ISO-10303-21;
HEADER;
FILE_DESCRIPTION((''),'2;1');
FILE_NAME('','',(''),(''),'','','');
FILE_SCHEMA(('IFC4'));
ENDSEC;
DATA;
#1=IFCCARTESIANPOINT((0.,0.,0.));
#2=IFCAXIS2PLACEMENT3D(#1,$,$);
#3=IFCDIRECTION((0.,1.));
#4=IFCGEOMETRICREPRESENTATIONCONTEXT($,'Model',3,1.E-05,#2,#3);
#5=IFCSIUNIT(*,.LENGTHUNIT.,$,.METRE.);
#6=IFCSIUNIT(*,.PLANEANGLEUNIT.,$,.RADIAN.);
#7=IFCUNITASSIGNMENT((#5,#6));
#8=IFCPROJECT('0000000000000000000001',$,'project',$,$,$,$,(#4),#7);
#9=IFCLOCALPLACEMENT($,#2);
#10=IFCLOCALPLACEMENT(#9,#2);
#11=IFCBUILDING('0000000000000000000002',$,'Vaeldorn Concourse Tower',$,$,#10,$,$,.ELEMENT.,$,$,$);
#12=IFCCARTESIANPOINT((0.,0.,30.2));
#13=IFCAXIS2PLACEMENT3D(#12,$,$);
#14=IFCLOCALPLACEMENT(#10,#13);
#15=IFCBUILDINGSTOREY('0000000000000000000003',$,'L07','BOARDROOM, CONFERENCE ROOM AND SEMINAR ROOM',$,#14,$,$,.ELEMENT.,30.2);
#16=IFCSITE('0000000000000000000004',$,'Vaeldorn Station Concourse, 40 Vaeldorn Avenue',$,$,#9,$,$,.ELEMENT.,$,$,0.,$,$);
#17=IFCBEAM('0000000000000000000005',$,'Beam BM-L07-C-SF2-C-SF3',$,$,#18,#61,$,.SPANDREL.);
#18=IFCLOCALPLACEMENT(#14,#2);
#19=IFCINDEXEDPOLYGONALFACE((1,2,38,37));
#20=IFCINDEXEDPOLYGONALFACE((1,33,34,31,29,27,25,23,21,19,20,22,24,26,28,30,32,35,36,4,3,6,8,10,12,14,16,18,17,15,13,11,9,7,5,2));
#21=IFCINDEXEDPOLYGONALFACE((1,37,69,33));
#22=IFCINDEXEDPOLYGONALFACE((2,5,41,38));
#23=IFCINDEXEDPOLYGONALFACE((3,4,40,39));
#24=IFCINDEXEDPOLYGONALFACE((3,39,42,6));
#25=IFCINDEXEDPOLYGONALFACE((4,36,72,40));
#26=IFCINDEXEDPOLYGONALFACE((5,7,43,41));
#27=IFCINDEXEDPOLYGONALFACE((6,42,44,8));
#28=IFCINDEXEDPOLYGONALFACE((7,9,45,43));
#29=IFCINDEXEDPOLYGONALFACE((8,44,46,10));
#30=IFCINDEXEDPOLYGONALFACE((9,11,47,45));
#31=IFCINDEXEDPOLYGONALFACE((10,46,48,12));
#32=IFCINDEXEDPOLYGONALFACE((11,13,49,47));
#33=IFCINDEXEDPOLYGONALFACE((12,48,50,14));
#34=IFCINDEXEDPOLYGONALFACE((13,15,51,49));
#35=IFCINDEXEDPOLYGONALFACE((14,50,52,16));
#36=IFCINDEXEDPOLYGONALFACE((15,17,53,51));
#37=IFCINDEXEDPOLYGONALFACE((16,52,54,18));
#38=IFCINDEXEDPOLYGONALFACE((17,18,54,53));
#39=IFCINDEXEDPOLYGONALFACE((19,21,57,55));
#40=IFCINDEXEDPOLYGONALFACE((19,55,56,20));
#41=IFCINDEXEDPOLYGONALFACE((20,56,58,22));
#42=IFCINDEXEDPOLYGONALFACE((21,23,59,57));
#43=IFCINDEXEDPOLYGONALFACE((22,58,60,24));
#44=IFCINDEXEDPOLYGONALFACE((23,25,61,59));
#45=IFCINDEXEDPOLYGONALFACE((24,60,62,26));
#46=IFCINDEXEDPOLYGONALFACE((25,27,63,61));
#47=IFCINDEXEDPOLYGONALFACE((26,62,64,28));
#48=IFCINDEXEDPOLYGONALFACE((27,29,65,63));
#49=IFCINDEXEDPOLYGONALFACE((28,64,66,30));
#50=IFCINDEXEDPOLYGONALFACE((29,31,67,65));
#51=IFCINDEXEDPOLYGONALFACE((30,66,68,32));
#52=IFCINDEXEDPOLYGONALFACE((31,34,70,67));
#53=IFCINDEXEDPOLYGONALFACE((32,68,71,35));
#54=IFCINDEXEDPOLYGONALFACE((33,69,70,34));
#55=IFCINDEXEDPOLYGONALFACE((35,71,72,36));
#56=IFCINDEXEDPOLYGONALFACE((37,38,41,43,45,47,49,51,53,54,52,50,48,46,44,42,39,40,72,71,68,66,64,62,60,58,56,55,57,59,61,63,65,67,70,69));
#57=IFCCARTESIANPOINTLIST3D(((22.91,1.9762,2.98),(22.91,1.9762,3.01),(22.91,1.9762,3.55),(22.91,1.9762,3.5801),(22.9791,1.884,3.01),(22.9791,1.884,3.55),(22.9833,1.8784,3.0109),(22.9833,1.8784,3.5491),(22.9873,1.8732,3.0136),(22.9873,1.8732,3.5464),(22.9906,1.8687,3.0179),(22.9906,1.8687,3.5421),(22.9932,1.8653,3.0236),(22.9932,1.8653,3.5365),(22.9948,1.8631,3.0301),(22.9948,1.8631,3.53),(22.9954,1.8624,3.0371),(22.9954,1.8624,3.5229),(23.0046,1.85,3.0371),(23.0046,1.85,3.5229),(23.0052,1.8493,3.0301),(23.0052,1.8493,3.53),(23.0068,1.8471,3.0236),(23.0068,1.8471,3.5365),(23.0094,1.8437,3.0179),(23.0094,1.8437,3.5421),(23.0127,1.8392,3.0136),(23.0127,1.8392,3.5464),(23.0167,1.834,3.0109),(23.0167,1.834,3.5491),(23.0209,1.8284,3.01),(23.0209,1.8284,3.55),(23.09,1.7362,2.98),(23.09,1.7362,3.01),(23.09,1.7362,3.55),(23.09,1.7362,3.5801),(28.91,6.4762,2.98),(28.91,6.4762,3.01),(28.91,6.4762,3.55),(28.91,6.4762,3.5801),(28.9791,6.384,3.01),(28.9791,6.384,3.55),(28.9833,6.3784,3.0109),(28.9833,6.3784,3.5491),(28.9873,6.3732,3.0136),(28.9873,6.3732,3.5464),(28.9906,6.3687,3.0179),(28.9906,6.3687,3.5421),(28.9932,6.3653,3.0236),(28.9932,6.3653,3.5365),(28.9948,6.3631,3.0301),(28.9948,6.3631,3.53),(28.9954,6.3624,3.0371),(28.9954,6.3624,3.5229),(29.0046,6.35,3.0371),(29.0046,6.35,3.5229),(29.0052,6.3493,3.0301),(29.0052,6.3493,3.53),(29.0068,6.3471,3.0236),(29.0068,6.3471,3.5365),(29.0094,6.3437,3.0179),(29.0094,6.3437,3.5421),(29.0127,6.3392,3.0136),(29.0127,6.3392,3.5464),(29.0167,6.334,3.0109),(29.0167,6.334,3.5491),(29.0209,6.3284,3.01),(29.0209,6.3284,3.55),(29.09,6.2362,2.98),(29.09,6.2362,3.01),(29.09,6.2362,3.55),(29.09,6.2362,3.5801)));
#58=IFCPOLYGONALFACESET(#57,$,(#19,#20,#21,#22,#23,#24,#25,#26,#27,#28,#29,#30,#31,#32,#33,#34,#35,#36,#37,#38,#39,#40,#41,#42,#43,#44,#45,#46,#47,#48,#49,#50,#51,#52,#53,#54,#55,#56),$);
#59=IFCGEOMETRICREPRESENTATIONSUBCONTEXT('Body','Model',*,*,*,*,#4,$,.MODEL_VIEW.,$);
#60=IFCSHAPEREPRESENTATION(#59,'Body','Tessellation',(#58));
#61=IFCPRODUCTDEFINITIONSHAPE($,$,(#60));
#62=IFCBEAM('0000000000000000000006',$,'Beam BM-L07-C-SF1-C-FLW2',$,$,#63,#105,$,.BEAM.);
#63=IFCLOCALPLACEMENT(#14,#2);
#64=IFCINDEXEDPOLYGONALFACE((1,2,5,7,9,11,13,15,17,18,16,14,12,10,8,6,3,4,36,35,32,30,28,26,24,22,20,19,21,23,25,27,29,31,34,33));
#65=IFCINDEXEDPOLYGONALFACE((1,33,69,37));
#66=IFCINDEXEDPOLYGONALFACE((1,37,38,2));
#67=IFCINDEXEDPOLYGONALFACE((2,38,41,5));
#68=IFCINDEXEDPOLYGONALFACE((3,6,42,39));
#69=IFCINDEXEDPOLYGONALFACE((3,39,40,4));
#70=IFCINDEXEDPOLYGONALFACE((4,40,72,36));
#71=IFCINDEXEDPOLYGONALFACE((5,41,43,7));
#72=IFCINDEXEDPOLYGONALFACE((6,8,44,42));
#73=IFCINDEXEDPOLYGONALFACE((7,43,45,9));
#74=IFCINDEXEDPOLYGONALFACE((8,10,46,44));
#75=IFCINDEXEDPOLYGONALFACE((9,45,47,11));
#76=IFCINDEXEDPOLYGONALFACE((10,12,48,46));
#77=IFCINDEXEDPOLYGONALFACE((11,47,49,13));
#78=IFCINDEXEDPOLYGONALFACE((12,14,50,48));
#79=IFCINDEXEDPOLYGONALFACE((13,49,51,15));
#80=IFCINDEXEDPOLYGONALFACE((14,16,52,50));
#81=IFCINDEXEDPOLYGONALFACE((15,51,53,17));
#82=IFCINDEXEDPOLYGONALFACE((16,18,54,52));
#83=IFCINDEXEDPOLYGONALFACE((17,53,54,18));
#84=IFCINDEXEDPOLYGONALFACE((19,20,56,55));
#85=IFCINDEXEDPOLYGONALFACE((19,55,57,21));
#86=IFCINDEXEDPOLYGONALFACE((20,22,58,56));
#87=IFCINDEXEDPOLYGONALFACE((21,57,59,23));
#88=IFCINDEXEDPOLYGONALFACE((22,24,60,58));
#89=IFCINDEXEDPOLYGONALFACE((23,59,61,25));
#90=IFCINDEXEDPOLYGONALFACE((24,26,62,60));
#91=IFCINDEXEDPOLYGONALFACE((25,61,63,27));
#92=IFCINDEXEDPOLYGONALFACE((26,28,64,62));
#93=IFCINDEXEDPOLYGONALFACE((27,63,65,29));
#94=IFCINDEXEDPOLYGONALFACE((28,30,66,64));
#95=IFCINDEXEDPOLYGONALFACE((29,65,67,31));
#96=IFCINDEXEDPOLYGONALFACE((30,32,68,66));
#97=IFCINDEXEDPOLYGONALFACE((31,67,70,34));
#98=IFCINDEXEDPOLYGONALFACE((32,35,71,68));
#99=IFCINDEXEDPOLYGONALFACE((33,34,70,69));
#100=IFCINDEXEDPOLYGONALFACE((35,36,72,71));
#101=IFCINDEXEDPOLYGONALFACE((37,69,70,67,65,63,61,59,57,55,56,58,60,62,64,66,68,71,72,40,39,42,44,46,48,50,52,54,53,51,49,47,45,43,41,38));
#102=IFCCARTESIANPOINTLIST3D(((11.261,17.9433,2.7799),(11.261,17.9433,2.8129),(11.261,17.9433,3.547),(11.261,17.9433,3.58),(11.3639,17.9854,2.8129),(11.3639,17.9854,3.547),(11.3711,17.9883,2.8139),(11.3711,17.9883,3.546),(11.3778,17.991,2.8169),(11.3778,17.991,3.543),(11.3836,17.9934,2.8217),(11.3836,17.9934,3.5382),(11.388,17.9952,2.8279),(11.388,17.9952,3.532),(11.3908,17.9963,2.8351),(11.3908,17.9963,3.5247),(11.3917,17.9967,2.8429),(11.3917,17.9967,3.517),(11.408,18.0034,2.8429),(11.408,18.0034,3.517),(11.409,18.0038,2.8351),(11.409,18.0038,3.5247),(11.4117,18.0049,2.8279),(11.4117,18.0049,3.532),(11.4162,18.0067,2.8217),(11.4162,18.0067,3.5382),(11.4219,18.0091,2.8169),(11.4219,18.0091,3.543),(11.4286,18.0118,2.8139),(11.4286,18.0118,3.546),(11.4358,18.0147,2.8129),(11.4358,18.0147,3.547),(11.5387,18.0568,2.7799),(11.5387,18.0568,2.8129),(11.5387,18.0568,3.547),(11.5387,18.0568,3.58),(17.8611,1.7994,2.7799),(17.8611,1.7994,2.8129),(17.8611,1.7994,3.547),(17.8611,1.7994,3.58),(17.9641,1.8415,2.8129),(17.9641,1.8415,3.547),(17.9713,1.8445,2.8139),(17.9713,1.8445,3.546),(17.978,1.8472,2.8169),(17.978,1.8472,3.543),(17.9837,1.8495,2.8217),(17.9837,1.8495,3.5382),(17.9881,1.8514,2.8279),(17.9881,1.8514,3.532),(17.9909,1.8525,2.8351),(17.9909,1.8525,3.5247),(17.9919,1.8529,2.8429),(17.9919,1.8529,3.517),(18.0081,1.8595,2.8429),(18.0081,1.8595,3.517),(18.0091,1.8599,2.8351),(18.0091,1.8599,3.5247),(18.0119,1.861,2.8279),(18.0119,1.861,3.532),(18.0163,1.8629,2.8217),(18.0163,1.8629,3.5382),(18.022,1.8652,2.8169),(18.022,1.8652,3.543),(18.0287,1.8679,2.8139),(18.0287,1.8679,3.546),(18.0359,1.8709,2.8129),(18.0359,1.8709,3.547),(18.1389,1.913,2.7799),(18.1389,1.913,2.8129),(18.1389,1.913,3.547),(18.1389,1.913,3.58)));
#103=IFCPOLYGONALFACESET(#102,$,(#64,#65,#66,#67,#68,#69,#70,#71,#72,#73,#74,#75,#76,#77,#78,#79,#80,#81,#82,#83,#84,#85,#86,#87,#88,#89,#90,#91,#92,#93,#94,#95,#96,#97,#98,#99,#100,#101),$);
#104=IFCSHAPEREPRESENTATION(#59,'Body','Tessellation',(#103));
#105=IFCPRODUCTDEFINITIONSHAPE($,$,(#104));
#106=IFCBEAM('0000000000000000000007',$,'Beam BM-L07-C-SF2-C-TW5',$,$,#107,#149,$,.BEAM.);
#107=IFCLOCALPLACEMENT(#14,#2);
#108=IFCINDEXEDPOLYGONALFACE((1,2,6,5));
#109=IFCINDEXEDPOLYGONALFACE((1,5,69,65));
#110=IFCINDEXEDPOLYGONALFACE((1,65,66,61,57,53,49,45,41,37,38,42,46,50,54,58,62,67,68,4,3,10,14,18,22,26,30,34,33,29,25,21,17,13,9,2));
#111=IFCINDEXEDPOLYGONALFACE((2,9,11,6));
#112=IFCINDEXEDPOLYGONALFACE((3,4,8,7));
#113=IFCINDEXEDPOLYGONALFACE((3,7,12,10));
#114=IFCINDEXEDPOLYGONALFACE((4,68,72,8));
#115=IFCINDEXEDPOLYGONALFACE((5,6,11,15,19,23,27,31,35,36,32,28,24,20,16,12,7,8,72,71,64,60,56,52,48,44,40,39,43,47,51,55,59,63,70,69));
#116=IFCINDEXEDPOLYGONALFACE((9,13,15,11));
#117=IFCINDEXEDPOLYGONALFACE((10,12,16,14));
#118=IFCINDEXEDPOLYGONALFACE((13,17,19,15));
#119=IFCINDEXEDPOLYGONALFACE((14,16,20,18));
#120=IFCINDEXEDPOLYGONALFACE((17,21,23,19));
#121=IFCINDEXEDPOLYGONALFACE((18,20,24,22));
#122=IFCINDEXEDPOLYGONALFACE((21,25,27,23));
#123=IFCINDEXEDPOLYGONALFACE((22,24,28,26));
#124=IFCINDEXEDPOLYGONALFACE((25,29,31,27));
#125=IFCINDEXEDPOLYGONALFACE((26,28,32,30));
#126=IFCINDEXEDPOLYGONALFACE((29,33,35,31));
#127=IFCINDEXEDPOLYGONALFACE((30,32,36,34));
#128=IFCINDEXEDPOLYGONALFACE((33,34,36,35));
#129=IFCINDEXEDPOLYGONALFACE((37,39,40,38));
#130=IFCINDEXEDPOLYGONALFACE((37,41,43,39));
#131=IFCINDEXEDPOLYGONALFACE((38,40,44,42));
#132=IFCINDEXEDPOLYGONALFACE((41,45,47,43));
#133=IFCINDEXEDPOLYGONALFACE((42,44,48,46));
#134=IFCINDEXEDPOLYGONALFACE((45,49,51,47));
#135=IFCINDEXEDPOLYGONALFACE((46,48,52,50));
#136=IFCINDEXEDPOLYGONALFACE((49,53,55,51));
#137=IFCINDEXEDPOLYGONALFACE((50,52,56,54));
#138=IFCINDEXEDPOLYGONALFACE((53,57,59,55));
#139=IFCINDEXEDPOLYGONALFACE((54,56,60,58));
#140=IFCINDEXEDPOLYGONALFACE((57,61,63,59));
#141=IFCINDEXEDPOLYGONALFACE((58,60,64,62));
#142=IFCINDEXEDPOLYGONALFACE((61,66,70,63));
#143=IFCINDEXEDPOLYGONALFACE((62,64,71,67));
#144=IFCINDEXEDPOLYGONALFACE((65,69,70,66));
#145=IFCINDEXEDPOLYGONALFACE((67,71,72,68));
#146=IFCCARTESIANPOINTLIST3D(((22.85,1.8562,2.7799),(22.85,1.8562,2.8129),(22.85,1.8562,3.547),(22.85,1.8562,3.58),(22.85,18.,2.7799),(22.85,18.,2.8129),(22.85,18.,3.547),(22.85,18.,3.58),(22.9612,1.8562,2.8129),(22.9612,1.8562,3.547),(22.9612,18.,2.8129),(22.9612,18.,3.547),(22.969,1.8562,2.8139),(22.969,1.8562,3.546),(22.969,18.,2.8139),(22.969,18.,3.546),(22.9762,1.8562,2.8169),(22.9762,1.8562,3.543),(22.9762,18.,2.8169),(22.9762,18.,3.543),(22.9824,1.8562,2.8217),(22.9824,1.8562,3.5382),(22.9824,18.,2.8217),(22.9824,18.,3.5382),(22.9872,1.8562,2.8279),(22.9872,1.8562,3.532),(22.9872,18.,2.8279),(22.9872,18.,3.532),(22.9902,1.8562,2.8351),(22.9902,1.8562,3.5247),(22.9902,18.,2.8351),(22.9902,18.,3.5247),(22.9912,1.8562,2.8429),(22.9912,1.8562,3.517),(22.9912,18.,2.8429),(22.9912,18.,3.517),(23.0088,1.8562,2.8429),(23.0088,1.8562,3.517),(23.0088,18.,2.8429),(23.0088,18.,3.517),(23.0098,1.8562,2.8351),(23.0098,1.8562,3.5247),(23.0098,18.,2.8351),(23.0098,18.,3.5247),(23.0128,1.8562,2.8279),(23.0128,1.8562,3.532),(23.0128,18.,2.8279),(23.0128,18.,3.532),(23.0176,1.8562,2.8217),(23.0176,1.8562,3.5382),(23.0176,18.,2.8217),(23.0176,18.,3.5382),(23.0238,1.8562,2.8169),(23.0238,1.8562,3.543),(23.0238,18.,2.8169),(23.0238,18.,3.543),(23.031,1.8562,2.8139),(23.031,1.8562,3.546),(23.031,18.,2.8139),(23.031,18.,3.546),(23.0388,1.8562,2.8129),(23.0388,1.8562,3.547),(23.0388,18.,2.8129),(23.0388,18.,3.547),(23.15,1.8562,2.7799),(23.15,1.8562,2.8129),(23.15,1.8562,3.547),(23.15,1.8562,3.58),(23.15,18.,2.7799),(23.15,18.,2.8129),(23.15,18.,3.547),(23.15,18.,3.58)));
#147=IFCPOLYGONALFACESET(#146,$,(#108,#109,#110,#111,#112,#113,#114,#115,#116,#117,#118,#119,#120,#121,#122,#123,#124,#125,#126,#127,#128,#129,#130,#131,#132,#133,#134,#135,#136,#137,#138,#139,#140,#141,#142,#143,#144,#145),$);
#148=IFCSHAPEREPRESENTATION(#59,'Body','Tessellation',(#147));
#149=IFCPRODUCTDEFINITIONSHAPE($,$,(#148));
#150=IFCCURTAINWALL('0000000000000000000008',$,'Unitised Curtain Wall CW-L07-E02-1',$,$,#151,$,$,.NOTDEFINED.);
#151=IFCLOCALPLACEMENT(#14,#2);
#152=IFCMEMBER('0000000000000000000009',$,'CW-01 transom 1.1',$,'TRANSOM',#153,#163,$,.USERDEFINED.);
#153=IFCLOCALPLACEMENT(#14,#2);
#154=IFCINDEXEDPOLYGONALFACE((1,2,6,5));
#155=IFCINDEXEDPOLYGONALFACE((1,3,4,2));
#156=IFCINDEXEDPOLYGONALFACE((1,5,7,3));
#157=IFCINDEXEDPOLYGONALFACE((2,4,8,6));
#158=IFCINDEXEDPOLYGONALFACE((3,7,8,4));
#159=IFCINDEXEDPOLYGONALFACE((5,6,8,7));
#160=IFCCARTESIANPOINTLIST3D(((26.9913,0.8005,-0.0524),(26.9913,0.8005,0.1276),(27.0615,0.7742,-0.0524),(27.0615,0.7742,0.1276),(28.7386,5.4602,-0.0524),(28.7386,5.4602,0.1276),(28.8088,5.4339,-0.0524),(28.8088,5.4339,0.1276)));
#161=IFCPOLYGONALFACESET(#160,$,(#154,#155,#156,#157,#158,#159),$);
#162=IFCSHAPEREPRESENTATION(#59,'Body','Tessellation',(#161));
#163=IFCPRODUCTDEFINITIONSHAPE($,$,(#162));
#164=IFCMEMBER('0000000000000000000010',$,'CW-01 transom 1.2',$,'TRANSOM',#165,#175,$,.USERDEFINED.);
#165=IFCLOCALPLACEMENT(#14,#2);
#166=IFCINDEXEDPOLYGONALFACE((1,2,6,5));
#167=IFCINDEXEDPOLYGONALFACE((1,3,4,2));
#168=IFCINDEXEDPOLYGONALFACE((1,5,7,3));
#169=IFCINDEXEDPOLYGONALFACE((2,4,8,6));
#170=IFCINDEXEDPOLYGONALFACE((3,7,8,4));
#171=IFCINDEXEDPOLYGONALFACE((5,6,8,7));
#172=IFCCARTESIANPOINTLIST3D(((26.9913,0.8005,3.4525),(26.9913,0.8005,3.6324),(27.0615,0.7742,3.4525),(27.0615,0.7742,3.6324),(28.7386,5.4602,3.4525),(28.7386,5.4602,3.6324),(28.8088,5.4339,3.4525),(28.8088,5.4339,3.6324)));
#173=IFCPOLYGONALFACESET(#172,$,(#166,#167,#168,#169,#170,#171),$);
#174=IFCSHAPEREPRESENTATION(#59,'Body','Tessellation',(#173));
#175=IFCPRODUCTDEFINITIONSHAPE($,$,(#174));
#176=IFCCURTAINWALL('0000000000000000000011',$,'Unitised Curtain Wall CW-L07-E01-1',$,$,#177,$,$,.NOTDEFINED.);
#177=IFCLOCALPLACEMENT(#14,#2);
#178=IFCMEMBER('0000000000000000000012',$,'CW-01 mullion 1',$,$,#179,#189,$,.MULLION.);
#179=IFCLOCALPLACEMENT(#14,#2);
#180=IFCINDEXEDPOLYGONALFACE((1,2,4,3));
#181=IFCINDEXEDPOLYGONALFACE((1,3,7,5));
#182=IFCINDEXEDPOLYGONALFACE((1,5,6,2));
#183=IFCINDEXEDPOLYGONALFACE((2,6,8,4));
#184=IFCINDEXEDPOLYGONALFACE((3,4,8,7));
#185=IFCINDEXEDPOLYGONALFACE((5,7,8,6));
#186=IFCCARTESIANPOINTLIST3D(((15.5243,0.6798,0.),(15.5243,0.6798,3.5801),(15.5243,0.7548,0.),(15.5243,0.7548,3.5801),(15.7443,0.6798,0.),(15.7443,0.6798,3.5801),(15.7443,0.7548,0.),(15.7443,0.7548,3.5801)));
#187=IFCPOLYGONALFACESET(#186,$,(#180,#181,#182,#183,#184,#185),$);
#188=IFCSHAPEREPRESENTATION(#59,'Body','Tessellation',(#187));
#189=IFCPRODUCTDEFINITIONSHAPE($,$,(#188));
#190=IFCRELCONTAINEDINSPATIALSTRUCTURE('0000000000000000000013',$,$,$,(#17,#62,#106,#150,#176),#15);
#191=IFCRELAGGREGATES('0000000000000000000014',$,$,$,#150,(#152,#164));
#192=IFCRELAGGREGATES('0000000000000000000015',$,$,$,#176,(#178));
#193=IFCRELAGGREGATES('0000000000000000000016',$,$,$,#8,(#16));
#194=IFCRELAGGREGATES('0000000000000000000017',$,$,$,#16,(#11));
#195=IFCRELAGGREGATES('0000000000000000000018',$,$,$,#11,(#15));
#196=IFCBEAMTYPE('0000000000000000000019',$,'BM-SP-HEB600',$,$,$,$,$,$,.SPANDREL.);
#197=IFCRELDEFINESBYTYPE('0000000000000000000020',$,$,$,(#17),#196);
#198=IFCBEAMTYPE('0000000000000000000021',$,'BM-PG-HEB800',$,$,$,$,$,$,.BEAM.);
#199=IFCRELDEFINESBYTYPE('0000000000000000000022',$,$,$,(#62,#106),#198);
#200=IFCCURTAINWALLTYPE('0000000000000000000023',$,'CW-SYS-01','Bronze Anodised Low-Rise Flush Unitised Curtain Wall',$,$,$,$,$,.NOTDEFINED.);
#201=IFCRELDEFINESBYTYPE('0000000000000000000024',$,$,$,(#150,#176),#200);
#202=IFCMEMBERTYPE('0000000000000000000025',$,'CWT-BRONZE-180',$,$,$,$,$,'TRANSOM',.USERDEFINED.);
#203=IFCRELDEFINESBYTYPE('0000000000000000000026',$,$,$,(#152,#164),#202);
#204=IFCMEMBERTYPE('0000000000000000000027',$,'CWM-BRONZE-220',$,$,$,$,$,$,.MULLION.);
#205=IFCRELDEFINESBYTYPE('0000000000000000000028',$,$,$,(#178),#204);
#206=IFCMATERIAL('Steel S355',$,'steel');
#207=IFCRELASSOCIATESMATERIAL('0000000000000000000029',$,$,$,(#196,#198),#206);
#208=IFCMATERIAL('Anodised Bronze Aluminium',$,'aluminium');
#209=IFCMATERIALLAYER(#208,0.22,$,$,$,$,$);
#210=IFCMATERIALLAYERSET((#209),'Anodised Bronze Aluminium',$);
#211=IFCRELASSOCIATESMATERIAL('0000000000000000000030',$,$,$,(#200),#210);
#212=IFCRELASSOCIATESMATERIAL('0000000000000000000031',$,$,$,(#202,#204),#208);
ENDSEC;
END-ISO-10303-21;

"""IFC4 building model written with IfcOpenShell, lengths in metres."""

from ifc_helpers import new_model, si_unit, direction, frame, origin, origin_2d, place, context, subcontext, project, spatial, rectangle, i_section, extrude, source, transform, mapped, material, layer, layer_set, material_profile, profile_set, type_object, element, aggregate, save


model = new_model("IFC4")

# Units and contexts
model_context = context("Model", 3, precision=1e-05, world=origin(), true_north=direction((0.0, 1.0)))
body_context = subcontext(model_context, "Body", "Model", "MODEL_VIEW")
ifc_project = project(units=[si_unit("LENGTHUNIT", "METRE"), si_unit("PLANEANGLEUNIT", "RADIAN")], contexts=[model_context])

# Site, building, storey
site_placement = place(None, origin())
site = spatial("IfcSite", under=ifc_project, at=site_placement, Name="Vaeldorn Station Concourse, 40 Vaeldorn Avenue", CompositionType="ELEMENT", RefElevation=0.0)
building_placement = place(site_placement, origin())
building = spatial("IfcBuilding", under=site, at=building_placement, Name="Vaeldorn Concourse Tower", CompositionType="ELEMENT")
storey_placement = place(building_placement, frame((0.0, 0.0, 30.2)))
storey = spatial("IfcBuildingStorey", under=building, at=storey_placement, Name="L07", Description="BOARDROOM, CONFERENCE ROOM AND SEMINAR ROOM", CompositionType="ELEMENT", Elevation=30.2)

# Beams
ifc_material_1 = material(Name="Steel S355", Category="steel")
ifc_material_profile_1 = material_profile(ifc_material_1, i_section(OverallWidth=0.3, OverallDepth=0.6001, WebThickness=0.0154, FlangeThickness=0.03, FilletRadius=0.0271, at=origin_2d()), Name="HEB 600")
ifc_profile_set_1 = profile_set([ifc_material_profile_1], Name="Steel S355")
beam_type_1 = type_object("IfcBeamType", Name="BM-SP-HEB600", PredefinedType="SPANDREL", material=ifc_profile_set_1)
shared_shape_1 = source(origin(), body_context, "Body", "SweptSolid", [
    extrude(i_section(OverallWidth=0.3, OverallDepth=0.6001, WebThickness=0.0154, FlangeThickness=0.03, FilletRadius=0.0271, at=origin_2d()), origin(), (0.0, 0.0, 1.0), 7.5),
])
beam_1_placement = place(storey_placement, frame((23.0, 1.8562, 3.28), z_axis=(0.8, 0.6, 0.0), x_axis=(-0.6, 0.8, 0.0)))
element("IfcBeam", 1, at=beam_1_placement, inside=storey, type_object=beam_type_1, Name="Beam BM-L07-C-SF2-C-SF3", PredefinedType="SPANDREL", context=body_context, shape_type="MappedRepresentation", body=[
    mapped(shared_shape_1, transform((0.0, 0.0, 0.0), scale=1.0)),
])
ifc_material_profile_2 = material_profile(ifc_material_1, i_section(OverallWidth=0.3, OverallDepth=0.8, WebThickness=0.0176, FlangeThickness=0.033, FilletRadius=0.03, at=origin_2d()), Name="HEB 800")
ifc_profile_set_2 = profile_set([ifc_material_profile_2], Name="Steel S355")
beam_type_2 = type_object("IfcBeamType", Name="BM-PG-HEB800", PredefinedType="BEAM", material=ifc_profile_set_2)
shared_shape_2 = source(origin(), body_context, "Body", "SweptSolid", [
    extrude(i_section(OverallWidth=0.3, OverallDepth=0.8, WebThickness=0.0176, FlangeThickness=0.033, FilletRadius=0.03, at=origin_2d()), origin(), (0.0, 0.0, 1.0), 17.4409),
])
beam_2_placement = place(storey_placement, frame((18.0, 1.8562, 3.1799), z_axis=(-0.378427, 0.925631, 0.0), x_axis=(-0.925631, -0.378427, 0.0)))
element("IfcBeam", 2, at=beam_2_placement, inside=storey, type_object=beam_type_2, Name="Beam BM-L07-C-SF1-C-FLW2", PredefinedType="BEAM", context=body_context, shape_type="MappedRepresentation", body=[
    mapped(shared_shape_2, transform((0.0, 0.0, 0.0), scale=1.0)),
])
shared_shape_3 = source(origin(), body_context, "Body", "SweptSolid", [
    extrude(i_section(OverallWidth=0.3, OverallDepth=0.8, WebThickness=0.0176, FlangeThickness=0.033, FilletRadius=0.03, at=origin_2d()), origin(), (0.0, 0.0, 1.0), 16.1438),
])
beam_3_placement = place(storey_placement, frame((23.0, 1.8562, 3.1799), z_axis=(0.0, 1.0, 0.0), x_axis=(-1.0, 0.0, 0.0)))
element("IfcBeam", 3, at=beam_3_placement, inside=storey, type_object=beam_type_2, Name="Beam BM-L07-C-SF2-C-TW5", PredefinedType="BEAM", context=body_context, shape_type="MappedRepresentation", body=[
    mapped(shared_shape_3, transform((0.0, 0.0, 0.0), scale=1.0)),
])

# Curtain walls, members
ifc_material_2 = material(Name="Anodised Bronze Aluminium", Category="aluminium")
ifc_layer_1 = layer(ifc_material_2, 0.22)
ifc_layer_set_1 = layer_set([ifc_layer_1], Name="Anodised Bronze Aluminium")
curtain_wall_type = type_object("IfcCurtainWallType", Name="CW-SYS-01", Description="Bronze Anodised Low-Rise Flush Unitised Curtain Wall", PredefinedType="NOTDEFINED", material=ifc_layer_set_1)
curtain_wall_1_placement = place(storey_placement, origin())
curtain_wall_1 = element("IfcCurtainWall", 4, at=curtain_wall_1_placement, inside=storey, type_object=curtain_wall_type, Name="Unitised Curtain Wall CW-L07-E02-1", PredefinedType="NOTDEFINED")
ifc_material_profile_3 = material_profile(ifc_material_2, rectangle(XDim=0.075, YDim=0.1799, at=origin_2d()), Name="CWT 75x180")
ifc_profile_set_3 = profile_set([ifc_material_profile_3], Name="Anodised Bronze Aluminium")
member_type_1 = type_object("IfcMemberType", Name="CWT-BRONZE-180", ElementType="TRANSOM", PredefinedType="USERDEFINED", material=ifc_profile_set_3)
shared_shape_4 = source(origin(), body_context, "Body", "SweptSolid", [
    extrude(rectangle(XDim=0.075, YDim=0.1799, at=origin_2d()), origin(), (0.0, 0.0, 1.0), 4.9766),
])
member_1_placement = place(storey_placement, frame((27.0264, 0.7874, 0.0376), z_axis=(0.351113, 0.936333, 0.0), x_axis=(-0.936333, 0.351113, 0.0)))
member_1 = element("IfcMember", 5, at=member_1_placement, type_object=member_type_1, Name="CW-01 transom 1.1", ObjectType="TRANSOM", PredefinedType="USERDEFINED", context=body_context, shape_type="MappedRepresentation", body=[
    mapped(shared_shape_4, transform((0.0, 0.0, 0.0), scale=1.0)),
])
member_2_placement = place(storey_placement, frame((27.0264, 0.7874, 3.5425), z_axis=(0.351113, 0.936333, 0.0), x_axis=(-0.936333, 0.351113, 0.0)))
member_2 = element("IfcMember", 6, at=member_2_placement, type_object=member_type_1, Name="CW-01 transom 1.2", ObjectType="TRANSOM", PredefinedType="USERDEFINED", context=body_context, shape_type="MappedRepresentation", body=[
    mapped(shared_shape_4, transform((0.0, 0.0, 0.0), scale=1.0)),
])
curtain_wall_2_placement = place(storey_placement, origin())
curtain_wall_2 = element("IfcCurtainWall", 7, at=curtain_wall_2_placement, inside=storey, type_object=curtain_wall_type, Name="Unitised Curtain Wall CW-L07-E01-1", PredefinedType="NOTDEFINED")
ifc_material_profile_4 = material_profile(ifc_material_2, rectangle(XDim=0.075, YDim=0.22, at=origin_2d()), Name="CWM 75x220")
ifc_profile_set_4 = profile_set([ifc_material_profile_4], Name="Anodised Bronze Aluminium")
member_type_2 = type_object("IfcMemberType", Name="CWM-BRONZE-220", PredefinedType="MULLION", material=ifc_profile_set_4)
shared_shape_5 = source(origin(), body_context, "Body", "SweptSolid", [
    extrude(rectangle(XDim=0.075, YDim=0.22, at=origin_2d()), origin(), (0.0, 0.0, 1.0), 3.5801),
])
member_3_placement = place(storey_placement, frame((15.6343, 0.7173, 0.0), z_axis=(0.0, 0.0, 1.0), x_axis=(0.0, 1.0, 0.0)))
member_3 = element("IfcMember", 8, at=member_3_placement, type_object=member_type_2, Name="CW-01 mullion 1", PredefinedType="MULLION", context=body_context, shape_type="MappedRepresentation", body=[
    mapped(shared_shape_5, transform((0.0, 0.0, 0.0), scale=1.0)),
])

aggregate(curtain_wall_1, [member_1, member_2])

aggregate(curtain_wall_2, [member_3])

save(model, "model.ifc")
